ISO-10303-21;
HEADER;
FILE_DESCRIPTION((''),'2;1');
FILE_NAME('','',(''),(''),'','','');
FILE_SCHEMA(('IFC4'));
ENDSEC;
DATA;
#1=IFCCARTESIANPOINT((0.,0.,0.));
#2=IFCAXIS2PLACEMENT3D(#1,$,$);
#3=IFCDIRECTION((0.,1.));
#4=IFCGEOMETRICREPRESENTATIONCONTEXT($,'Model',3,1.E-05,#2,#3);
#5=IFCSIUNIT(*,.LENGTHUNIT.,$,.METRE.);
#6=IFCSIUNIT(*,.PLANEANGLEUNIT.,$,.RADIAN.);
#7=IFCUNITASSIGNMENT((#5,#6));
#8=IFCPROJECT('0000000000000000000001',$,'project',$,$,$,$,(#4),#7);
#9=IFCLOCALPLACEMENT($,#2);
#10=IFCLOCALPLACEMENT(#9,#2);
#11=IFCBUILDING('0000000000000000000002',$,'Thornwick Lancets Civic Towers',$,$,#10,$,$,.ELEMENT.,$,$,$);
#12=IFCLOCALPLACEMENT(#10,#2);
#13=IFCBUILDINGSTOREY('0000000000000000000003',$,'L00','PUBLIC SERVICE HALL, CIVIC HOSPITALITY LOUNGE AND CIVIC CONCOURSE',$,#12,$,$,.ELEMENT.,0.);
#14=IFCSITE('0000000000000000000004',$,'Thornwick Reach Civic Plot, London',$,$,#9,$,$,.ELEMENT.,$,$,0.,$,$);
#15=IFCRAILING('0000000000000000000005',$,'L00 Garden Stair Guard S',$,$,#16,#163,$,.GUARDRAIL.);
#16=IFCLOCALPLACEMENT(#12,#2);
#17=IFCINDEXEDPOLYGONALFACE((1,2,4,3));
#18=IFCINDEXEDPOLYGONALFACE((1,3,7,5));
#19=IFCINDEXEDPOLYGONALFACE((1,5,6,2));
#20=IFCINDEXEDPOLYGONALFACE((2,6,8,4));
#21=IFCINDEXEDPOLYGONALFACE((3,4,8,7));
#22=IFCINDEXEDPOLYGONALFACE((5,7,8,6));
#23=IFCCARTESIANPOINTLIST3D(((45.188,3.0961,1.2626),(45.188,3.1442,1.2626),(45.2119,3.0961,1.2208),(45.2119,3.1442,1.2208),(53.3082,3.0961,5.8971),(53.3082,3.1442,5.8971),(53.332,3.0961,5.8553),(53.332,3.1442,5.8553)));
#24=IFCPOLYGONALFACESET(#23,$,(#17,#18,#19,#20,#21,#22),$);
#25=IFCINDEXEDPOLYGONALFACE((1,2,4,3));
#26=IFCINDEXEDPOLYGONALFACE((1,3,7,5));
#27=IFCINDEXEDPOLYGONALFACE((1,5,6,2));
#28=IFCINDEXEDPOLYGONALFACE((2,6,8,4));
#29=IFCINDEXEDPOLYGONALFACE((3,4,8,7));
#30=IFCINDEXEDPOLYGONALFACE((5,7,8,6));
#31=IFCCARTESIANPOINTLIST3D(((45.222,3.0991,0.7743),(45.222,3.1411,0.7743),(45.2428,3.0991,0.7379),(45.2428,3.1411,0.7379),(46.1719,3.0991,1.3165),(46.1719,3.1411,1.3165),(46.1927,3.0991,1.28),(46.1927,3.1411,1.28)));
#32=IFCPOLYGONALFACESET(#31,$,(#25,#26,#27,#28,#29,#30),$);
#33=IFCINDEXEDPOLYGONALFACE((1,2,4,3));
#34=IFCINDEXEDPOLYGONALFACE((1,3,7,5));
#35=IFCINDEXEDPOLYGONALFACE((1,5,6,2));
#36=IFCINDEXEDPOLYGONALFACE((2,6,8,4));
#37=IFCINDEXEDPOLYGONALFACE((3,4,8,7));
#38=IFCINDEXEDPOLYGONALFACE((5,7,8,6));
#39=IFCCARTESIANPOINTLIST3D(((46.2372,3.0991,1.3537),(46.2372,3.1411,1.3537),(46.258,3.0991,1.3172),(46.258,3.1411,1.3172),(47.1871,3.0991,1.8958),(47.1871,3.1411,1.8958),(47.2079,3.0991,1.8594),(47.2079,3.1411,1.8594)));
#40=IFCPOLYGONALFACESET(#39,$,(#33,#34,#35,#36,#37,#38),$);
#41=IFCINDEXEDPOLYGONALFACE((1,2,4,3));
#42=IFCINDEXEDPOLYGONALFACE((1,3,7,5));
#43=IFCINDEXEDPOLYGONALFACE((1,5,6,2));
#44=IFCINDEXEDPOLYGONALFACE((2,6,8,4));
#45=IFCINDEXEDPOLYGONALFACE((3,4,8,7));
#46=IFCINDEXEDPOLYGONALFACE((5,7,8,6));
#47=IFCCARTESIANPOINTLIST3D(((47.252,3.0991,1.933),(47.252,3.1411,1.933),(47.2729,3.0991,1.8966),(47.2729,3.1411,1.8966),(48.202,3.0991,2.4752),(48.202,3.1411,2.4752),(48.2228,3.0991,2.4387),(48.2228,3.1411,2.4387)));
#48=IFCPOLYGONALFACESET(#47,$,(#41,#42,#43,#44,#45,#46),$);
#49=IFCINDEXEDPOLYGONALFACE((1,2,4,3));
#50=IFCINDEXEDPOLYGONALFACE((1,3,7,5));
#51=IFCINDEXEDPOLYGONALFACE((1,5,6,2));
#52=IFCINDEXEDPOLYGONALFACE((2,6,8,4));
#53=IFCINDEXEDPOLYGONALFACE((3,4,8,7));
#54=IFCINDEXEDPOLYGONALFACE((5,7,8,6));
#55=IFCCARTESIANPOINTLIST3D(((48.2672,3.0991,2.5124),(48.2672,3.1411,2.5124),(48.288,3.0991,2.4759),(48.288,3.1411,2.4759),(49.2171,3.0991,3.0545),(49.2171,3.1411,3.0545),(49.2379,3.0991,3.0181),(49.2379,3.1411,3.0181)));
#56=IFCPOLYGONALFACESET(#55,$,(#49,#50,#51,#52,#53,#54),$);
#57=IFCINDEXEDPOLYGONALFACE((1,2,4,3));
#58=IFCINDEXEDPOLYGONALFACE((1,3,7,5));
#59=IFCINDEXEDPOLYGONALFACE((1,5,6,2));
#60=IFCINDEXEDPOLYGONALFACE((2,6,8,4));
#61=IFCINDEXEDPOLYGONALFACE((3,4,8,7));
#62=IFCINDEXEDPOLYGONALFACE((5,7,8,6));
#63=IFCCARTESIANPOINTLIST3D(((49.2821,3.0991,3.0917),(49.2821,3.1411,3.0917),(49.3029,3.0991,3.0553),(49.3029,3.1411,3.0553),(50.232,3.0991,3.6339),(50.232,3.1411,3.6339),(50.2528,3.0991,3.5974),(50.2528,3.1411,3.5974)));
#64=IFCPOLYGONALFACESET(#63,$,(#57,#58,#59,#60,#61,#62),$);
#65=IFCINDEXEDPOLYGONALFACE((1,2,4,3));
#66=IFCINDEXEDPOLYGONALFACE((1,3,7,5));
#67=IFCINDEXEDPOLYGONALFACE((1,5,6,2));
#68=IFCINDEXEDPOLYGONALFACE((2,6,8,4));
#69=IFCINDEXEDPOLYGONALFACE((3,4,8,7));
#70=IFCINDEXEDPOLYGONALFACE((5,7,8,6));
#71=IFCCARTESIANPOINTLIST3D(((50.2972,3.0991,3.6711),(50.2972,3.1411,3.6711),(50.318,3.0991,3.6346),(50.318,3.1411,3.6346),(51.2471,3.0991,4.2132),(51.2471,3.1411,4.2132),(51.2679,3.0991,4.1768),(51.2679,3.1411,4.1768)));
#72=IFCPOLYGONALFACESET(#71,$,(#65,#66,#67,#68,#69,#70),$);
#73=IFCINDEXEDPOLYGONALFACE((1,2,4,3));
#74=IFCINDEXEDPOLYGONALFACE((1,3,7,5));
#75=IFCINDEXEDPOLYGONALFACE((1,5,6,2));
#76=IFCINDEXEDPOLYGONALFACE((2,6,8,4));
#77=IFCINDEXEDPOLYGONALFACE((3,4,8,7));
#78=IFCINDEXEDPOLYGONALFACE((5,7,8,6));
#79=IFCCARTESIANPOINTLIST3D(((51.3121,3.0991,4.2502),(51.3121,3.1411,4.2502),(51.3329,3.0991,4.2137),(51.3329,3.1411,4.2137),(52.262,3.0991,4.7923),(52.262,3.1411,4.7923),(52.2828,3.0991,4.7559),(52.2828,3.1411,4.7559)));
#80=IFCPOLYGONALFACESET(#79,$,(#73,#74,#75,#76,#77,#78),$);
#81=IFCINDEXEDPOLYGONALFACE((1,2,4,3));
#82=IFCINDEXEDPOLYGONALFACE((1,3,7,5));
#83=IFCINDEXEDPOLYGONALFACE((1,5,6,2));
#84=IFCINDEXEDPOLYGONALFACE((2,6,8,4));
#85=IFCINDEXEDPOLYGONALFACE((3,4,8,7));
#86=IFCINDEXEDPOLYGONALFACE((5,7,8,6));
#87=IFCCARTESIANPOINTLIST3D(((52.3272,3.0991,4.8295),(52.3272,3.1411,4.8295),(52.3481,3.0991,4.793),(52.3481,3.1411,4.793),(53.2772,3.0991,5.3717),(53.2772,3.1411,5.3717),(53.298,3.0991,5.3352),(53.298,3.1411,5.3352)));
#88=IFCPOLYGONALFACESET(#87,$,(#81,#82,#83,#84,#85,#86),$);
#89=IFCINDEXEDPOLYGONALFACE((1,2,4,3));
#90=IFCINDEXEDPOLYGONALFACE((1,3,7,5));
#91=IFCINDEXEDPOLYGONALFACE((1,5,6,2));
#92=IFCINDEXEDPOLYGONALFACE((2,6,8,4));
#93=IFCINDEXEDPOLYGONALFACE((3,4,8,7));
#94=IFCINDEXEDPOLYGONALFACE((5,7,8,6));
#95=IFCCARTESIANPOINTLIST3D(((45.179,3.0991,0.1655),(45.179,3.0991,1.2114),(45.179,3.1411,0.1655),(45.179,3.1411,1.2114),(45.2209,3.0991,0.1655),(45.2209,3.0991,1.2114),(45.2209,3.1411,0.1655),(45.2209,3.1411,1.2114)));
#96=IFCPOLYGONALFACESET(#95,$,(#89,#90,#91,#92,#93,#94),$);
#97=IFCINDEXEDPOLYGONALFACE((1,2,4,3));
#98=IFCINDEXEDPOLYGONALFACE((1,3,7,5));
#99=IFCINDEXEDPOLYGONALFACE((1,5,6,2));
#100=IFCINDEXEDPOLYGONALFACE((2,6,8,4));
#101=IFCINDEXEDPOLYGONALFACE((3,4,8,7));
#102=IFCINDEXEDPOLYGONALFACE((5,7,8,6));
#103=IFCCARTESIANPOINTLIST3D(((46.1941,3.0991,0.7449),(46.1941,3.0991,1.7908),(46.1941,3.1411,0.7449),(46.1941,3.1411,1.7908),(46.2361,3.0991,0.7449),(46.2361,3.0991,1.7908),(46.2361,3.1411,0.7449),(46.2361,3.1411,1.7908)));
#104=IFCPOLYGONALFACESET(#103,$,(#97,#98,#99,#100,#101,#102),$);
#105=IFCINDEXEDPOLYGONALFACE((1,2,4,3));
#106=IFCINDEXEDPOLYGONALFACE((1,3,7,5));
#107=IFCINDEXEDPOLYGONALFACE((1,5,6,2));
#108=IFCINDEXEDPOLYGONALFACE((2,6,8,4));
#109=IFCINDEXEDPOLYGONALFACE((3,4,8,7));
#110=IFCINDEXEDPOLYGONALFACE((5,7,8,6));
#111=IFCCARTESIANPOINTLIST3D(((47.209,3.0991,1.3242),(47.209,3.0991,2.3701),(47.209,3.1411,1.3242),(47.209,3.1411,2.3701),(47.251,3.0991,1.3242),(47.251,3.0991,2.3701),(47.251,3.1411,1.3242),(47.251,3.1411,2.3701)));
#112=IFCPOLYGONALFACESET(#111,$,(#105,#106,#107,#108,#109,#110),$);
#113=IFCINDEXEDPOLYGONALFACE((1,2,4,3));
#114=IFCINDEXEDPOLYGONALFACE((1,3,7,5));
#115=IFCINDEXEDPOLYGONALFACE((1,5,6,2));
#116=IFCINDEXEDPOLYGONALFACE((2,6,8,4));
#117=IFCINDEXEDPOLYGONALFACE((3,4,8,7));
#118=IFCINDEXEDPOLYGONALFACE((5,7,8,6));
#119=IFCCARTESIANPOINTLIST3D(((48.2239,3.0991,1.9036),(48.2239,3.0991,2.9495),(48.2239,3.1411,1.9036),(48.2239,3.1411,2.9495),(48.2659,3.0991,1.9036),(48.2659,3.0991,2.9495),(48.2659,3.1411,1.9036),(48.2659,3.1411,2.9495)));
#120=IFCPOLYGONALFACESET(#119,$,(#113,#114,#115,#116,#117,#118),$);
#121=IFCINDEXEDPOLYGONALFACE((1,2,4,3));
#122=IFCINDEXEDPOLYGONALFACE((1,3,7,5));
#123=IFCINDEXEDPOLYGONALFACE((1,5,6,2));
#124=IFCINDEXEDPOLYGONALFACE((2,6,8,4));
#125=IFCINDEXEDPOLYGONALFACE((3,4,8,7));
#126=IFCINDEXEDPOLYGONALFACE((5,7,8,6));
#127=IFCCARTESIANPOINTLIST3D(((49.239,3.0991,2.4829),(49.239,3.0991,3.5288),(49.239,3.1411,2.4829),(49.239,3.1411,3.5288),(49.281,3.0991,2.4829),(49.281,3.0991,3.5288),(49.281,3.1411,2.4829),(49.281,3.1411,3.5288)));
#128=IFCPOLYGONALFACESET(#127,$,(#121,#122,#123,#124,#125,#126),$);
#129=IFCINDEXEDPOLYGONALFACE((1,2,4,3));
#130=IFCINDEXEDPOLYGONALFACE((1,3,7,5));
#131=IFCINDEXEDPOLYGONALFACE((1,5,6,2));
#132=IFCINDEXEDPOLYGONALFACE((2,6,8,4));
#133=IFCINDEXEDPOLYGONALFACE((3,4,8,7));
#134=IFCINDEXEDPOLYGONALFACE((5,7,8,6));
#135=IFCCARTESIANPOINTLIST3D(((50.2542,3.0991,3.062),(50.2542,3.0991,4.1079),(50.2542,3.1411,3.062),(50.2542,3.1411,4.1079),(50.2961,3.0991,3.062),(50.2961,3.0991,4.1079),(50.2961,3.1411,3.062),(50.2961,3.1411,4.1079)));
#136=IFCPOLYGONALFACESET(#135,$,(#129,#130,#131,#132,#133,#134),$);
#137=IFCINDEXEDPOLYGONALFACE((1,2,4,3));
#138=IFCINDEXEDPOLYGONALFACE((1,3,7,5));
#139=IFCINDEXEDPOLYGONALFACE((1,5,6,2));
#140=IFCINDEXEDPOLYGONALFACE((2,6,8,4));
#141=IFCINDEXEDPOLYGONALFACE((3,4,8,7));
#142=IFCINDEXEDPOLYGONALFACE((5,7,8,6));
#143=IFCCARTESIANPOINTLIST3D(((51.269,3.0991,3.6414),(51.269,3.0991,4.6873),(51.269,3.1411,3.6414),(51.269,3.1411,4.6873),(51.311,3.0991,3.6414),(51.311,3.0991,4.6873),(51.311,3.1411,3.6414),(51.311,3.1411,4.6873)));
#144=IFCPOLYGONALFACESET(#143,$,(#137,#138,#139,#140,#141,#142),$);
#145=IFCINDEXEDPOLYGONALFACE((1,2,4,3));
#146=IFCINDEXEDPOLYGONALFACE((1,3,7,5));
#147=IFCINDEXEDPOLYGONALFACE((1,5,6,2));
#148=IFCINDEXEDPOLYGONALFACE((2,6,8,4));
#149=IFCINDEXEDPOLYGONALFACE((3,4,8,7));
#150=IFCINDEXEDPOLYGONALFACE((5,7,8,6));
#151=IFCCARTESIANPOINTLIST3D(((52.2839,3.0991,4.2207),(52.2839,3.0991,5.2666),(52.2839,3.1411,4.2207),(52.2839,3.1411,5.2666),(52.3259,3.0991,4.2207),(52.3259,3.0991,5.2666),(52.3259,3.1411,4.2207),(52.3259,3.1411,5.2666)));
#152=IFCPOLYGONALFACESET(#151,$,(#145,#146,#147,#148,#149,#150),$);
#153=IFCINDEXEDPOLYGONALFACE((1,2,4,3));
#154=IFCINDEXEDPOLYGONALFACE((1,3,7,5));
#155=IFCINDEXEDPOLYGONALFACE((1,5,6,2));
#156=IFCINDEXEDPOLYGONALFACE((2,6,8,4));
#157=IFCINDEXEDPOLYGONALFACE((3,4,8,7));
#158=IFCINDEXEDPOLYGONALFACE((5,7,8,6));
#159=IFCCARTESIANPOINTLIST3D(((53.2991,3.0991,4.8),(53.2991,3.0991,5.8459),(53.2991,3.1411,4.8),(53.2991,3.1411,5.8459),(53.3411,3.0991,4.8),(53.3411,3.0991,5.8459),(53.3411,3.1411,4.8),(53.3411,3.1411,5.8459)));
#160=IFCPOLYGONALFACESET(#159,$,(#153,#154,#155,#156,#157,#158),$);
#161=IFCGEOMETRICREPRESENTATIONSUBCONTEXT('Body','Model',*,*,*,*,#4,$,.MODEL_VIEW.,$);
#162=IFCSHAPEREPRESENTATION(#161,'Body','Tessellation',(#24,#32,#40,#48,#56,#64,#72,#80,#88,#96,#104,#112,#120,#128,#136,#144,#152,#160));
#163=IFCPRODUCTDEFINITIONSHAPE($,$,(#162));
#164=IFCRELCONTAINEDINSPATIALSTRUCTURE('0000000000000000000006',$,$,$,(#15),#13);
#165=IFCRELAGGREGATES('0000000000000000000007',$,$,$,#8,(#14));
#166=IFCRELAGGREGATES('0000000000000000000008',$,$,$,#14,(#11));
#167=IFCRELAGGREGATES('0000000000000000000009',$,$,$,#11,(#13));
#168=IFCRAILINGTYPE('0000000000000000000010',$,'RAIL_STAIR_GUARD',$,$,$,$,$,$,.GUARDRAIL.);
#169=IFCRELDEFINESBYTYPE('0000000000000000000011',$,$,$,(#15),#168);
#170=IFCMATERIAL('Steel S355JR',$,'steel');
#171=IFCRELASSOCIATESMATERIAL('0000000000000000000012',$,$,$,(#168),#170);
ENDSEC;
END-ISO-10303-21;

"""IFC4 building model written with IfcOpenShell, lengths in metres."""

from ifc_helpers import new_model, si_unit, direction, frame, origin, origin_2d, place, context, subcontext, project, spatial, rectangle, extrude, material, type_object, element, save


model = new_model("IFC4")

# Units and contexts
model_context = context("Model", 3, precision=1e-05, world=origin(), true_north=direction((0.0, 1.0)))
body_context = subcontext(model_context, "Body", "Model", "MODEL_VIEW")
ifc_project = project(units=[si_unit("LENGTHUNIT", "METRE"), si_unit("PLANEANGLEUNIT", "RADIAN")], contexts=[model_context])

# Site, building, storey
site_placement = place(None, origin())
site = spatial("IfcSite", under=ifc_project, at=site_placement, Name="Thornwick Reach Civic Plot, London", CompositionType="ELEMENT", RefElevation=0.0)
building_placement = place(site_placement, origin())
building = spatial("IfcBuilding", under=site, at=building_placement, Name="Thornwick Lancets Civic Towers", CompositionType="ELEMENT")
storey_placement = place(building_placement, origin())
storey = spatial("IfcBuildingStorey", under=building, at=storey_placement, Name="L00", Description="PUBLIC SERVICE HALL, CIVIC HOSPITALITY LOUNGE AND CIVIC CONCOURSE", CompositionType="ELEMENT", Elevation=0.0)

# Shared definitions
ifc_material_1 = material(Name="Steel S355JR", Category="steel")

# Railing
railing_type = type_object("IfcRailingType", Name="RAIL_STAIR_GUARD", PredefinedType="GUARDRAIL", material=ifc_material_1)
railing_1_placement = place(storey_placement, frame((45.2, 3.1201, 0.1655)))
element("IfcRailing", 1, at=railing_1_placement, inside=storey, type_object=railing_type, Name="L00 Garden Stair Guard S", PredefinedType="GUARDRAIL", context=body_context, shape_type="SweptSolid", body=[
    extrude(rectangle(XDim=0.0481, YDim=0.0481, at=origin_2d()), frame((0.0, 0.0, 1.0762), z_axis=(0.868499, 0.0, 0.495692), x_axis=(0.0, 1.0, 0.0)), (0.0, 0.0, 1.0), 9.3496),
    extrude(rectangle(XDim=0.042, YDim=0.042, at=origin_2d()), frame((0.0325, 0.0, 0.5906), z_axis=(0.868499, 0.0, 0.495692), x_axis=(0.0, 1.0, 0.0)), (0.0, 0.0, 1.0), 1.0938),
    extrude(rectangle(XDim=0.042, YDim=0.042, at=origin_2d()), frame((1.0476, 0.0, 1.1699), z_axis=(0.868499, 0.0, 0.495692), x_axis=(0.0, 1.0, 0.0)), (0.0, 0.0, 1.0), 1.0938),
    extrude(rectangle(XDim=0.042, YDim=0.042, at=origin_2d()), frame((2.0625, 0.0, 1.7493), z_axis=(0.868499, 0.0, 0.495692), x_axis=(0.0, 1.0, 0.0)), (0.0, 0.0, 1.0), 1.0938),
    extrude(rectangle(XDim=0.042, YDim=0.042, at=origin_2d()), frame((3.0776, 0.0, 2.3286), z_axis=(0.868499, 0.0, 0.495692), x_axis=(0.0, 1.0, 0.0)), (0.0, 0.0, 1.0), 1.0938),
    extrude(rectangle(XDim=0.042, YDim=0.042, at=origin_2d()), frame((4.0925, 0.0, 2.908), z_axis=(0.868499, 0.0, 0.495692), x_axis=(0.0, 1.0, 0.0)), (0.0, 0.0, 1.0), 1.0938),
    extrude(rectangle(XDim=0.042, YDim=0.042, at=origin_2d()), frame((5.1077, 0.0, 3.4873), z_axis=(0.868499, 0.0, 0.495692), x_axis=(0.0, 1.0, 0.0)), (0.0, 0.0, 1.0), 1.0938),
    extrude(rectangle(XDim=0.042, YDim=0.042, at=origin_2d()), frame((6.1226, 0.0, 4.0664), z_axis=(0.868499, 0.0, 0.495692), x_axis=(0.0, 1.0, 0.0)), (0.0, 0.0, 1.0), 1.0938),
    extrude(rectangle(XDim=0.042, YDim=0.042, at=origin_2d()), frame((7.1377, 0.0, 4.6458), z_axis=(0.868499, 0.0, 0.495692), x_axis=(0.0, 1.0, 0.0)), (0.0, 0.0, 1.0), 1.0938),
    extrude(rectangle(XDim=0.042, YDim=0.042, at=origin_2d()), origin(), (0.0, 0.0, 1.0), 1.0459),
    extrude(rectangle(XDim=0.042, YDim=0.042, at=origin_2d()), frame((1.0151, 0.0, 0.5793)), (0.0, 0.0, 1.0), 1.0459),
    extrude(rectangle(XDim=0.042, YDim=0.042, at=origin_2d()), frame((2.03, 0.0, 1.1587)), (0.0, 0.0, 1.0), 1.0459),
    extrude(rectangle(XDim=0.042, YDim=0.042, at=origin_2d()), frame((3.0449, 0.0, 1.738)), (0.0, 0.0, 1.0), 1.0459),
    extrude(rectangle(XDim=0.042, YDim=0.042, at=origin_2d()), frame((4.0601, 0.0, 2.3174)), (0.0, 0.0, 1.0), 1.0459),
    extrude(rectangle(XDim=0.042, YDim=0.042, at=origin_2d()), frame((5.0752, 0.0, 2.8965)), (0.0, 0.0, 1.0), 1.0459),
    extrude(rectangle(XDim=0.042, YDim=0.042, at=origin_2d()), frame((6.0901, 0.0, 3.4758)), (0.0, 0.0, 1.0), 1.0459),
    extrude(rectangle(XDim=0.042, YDim=0.042, at=origin_2d()), frame((7.105, 0.0, 4.0552)), (0.0, 0.0, 1.0), 1.0459),
    extrude(rectangle(XDim=0.042, YDim=0.042, at=origin_2d()), frame((8.1201, 0.0, 4.6345)), (0.0, 0.0, 1.0), 1.0459),
])

save(model, "model.ifc")
